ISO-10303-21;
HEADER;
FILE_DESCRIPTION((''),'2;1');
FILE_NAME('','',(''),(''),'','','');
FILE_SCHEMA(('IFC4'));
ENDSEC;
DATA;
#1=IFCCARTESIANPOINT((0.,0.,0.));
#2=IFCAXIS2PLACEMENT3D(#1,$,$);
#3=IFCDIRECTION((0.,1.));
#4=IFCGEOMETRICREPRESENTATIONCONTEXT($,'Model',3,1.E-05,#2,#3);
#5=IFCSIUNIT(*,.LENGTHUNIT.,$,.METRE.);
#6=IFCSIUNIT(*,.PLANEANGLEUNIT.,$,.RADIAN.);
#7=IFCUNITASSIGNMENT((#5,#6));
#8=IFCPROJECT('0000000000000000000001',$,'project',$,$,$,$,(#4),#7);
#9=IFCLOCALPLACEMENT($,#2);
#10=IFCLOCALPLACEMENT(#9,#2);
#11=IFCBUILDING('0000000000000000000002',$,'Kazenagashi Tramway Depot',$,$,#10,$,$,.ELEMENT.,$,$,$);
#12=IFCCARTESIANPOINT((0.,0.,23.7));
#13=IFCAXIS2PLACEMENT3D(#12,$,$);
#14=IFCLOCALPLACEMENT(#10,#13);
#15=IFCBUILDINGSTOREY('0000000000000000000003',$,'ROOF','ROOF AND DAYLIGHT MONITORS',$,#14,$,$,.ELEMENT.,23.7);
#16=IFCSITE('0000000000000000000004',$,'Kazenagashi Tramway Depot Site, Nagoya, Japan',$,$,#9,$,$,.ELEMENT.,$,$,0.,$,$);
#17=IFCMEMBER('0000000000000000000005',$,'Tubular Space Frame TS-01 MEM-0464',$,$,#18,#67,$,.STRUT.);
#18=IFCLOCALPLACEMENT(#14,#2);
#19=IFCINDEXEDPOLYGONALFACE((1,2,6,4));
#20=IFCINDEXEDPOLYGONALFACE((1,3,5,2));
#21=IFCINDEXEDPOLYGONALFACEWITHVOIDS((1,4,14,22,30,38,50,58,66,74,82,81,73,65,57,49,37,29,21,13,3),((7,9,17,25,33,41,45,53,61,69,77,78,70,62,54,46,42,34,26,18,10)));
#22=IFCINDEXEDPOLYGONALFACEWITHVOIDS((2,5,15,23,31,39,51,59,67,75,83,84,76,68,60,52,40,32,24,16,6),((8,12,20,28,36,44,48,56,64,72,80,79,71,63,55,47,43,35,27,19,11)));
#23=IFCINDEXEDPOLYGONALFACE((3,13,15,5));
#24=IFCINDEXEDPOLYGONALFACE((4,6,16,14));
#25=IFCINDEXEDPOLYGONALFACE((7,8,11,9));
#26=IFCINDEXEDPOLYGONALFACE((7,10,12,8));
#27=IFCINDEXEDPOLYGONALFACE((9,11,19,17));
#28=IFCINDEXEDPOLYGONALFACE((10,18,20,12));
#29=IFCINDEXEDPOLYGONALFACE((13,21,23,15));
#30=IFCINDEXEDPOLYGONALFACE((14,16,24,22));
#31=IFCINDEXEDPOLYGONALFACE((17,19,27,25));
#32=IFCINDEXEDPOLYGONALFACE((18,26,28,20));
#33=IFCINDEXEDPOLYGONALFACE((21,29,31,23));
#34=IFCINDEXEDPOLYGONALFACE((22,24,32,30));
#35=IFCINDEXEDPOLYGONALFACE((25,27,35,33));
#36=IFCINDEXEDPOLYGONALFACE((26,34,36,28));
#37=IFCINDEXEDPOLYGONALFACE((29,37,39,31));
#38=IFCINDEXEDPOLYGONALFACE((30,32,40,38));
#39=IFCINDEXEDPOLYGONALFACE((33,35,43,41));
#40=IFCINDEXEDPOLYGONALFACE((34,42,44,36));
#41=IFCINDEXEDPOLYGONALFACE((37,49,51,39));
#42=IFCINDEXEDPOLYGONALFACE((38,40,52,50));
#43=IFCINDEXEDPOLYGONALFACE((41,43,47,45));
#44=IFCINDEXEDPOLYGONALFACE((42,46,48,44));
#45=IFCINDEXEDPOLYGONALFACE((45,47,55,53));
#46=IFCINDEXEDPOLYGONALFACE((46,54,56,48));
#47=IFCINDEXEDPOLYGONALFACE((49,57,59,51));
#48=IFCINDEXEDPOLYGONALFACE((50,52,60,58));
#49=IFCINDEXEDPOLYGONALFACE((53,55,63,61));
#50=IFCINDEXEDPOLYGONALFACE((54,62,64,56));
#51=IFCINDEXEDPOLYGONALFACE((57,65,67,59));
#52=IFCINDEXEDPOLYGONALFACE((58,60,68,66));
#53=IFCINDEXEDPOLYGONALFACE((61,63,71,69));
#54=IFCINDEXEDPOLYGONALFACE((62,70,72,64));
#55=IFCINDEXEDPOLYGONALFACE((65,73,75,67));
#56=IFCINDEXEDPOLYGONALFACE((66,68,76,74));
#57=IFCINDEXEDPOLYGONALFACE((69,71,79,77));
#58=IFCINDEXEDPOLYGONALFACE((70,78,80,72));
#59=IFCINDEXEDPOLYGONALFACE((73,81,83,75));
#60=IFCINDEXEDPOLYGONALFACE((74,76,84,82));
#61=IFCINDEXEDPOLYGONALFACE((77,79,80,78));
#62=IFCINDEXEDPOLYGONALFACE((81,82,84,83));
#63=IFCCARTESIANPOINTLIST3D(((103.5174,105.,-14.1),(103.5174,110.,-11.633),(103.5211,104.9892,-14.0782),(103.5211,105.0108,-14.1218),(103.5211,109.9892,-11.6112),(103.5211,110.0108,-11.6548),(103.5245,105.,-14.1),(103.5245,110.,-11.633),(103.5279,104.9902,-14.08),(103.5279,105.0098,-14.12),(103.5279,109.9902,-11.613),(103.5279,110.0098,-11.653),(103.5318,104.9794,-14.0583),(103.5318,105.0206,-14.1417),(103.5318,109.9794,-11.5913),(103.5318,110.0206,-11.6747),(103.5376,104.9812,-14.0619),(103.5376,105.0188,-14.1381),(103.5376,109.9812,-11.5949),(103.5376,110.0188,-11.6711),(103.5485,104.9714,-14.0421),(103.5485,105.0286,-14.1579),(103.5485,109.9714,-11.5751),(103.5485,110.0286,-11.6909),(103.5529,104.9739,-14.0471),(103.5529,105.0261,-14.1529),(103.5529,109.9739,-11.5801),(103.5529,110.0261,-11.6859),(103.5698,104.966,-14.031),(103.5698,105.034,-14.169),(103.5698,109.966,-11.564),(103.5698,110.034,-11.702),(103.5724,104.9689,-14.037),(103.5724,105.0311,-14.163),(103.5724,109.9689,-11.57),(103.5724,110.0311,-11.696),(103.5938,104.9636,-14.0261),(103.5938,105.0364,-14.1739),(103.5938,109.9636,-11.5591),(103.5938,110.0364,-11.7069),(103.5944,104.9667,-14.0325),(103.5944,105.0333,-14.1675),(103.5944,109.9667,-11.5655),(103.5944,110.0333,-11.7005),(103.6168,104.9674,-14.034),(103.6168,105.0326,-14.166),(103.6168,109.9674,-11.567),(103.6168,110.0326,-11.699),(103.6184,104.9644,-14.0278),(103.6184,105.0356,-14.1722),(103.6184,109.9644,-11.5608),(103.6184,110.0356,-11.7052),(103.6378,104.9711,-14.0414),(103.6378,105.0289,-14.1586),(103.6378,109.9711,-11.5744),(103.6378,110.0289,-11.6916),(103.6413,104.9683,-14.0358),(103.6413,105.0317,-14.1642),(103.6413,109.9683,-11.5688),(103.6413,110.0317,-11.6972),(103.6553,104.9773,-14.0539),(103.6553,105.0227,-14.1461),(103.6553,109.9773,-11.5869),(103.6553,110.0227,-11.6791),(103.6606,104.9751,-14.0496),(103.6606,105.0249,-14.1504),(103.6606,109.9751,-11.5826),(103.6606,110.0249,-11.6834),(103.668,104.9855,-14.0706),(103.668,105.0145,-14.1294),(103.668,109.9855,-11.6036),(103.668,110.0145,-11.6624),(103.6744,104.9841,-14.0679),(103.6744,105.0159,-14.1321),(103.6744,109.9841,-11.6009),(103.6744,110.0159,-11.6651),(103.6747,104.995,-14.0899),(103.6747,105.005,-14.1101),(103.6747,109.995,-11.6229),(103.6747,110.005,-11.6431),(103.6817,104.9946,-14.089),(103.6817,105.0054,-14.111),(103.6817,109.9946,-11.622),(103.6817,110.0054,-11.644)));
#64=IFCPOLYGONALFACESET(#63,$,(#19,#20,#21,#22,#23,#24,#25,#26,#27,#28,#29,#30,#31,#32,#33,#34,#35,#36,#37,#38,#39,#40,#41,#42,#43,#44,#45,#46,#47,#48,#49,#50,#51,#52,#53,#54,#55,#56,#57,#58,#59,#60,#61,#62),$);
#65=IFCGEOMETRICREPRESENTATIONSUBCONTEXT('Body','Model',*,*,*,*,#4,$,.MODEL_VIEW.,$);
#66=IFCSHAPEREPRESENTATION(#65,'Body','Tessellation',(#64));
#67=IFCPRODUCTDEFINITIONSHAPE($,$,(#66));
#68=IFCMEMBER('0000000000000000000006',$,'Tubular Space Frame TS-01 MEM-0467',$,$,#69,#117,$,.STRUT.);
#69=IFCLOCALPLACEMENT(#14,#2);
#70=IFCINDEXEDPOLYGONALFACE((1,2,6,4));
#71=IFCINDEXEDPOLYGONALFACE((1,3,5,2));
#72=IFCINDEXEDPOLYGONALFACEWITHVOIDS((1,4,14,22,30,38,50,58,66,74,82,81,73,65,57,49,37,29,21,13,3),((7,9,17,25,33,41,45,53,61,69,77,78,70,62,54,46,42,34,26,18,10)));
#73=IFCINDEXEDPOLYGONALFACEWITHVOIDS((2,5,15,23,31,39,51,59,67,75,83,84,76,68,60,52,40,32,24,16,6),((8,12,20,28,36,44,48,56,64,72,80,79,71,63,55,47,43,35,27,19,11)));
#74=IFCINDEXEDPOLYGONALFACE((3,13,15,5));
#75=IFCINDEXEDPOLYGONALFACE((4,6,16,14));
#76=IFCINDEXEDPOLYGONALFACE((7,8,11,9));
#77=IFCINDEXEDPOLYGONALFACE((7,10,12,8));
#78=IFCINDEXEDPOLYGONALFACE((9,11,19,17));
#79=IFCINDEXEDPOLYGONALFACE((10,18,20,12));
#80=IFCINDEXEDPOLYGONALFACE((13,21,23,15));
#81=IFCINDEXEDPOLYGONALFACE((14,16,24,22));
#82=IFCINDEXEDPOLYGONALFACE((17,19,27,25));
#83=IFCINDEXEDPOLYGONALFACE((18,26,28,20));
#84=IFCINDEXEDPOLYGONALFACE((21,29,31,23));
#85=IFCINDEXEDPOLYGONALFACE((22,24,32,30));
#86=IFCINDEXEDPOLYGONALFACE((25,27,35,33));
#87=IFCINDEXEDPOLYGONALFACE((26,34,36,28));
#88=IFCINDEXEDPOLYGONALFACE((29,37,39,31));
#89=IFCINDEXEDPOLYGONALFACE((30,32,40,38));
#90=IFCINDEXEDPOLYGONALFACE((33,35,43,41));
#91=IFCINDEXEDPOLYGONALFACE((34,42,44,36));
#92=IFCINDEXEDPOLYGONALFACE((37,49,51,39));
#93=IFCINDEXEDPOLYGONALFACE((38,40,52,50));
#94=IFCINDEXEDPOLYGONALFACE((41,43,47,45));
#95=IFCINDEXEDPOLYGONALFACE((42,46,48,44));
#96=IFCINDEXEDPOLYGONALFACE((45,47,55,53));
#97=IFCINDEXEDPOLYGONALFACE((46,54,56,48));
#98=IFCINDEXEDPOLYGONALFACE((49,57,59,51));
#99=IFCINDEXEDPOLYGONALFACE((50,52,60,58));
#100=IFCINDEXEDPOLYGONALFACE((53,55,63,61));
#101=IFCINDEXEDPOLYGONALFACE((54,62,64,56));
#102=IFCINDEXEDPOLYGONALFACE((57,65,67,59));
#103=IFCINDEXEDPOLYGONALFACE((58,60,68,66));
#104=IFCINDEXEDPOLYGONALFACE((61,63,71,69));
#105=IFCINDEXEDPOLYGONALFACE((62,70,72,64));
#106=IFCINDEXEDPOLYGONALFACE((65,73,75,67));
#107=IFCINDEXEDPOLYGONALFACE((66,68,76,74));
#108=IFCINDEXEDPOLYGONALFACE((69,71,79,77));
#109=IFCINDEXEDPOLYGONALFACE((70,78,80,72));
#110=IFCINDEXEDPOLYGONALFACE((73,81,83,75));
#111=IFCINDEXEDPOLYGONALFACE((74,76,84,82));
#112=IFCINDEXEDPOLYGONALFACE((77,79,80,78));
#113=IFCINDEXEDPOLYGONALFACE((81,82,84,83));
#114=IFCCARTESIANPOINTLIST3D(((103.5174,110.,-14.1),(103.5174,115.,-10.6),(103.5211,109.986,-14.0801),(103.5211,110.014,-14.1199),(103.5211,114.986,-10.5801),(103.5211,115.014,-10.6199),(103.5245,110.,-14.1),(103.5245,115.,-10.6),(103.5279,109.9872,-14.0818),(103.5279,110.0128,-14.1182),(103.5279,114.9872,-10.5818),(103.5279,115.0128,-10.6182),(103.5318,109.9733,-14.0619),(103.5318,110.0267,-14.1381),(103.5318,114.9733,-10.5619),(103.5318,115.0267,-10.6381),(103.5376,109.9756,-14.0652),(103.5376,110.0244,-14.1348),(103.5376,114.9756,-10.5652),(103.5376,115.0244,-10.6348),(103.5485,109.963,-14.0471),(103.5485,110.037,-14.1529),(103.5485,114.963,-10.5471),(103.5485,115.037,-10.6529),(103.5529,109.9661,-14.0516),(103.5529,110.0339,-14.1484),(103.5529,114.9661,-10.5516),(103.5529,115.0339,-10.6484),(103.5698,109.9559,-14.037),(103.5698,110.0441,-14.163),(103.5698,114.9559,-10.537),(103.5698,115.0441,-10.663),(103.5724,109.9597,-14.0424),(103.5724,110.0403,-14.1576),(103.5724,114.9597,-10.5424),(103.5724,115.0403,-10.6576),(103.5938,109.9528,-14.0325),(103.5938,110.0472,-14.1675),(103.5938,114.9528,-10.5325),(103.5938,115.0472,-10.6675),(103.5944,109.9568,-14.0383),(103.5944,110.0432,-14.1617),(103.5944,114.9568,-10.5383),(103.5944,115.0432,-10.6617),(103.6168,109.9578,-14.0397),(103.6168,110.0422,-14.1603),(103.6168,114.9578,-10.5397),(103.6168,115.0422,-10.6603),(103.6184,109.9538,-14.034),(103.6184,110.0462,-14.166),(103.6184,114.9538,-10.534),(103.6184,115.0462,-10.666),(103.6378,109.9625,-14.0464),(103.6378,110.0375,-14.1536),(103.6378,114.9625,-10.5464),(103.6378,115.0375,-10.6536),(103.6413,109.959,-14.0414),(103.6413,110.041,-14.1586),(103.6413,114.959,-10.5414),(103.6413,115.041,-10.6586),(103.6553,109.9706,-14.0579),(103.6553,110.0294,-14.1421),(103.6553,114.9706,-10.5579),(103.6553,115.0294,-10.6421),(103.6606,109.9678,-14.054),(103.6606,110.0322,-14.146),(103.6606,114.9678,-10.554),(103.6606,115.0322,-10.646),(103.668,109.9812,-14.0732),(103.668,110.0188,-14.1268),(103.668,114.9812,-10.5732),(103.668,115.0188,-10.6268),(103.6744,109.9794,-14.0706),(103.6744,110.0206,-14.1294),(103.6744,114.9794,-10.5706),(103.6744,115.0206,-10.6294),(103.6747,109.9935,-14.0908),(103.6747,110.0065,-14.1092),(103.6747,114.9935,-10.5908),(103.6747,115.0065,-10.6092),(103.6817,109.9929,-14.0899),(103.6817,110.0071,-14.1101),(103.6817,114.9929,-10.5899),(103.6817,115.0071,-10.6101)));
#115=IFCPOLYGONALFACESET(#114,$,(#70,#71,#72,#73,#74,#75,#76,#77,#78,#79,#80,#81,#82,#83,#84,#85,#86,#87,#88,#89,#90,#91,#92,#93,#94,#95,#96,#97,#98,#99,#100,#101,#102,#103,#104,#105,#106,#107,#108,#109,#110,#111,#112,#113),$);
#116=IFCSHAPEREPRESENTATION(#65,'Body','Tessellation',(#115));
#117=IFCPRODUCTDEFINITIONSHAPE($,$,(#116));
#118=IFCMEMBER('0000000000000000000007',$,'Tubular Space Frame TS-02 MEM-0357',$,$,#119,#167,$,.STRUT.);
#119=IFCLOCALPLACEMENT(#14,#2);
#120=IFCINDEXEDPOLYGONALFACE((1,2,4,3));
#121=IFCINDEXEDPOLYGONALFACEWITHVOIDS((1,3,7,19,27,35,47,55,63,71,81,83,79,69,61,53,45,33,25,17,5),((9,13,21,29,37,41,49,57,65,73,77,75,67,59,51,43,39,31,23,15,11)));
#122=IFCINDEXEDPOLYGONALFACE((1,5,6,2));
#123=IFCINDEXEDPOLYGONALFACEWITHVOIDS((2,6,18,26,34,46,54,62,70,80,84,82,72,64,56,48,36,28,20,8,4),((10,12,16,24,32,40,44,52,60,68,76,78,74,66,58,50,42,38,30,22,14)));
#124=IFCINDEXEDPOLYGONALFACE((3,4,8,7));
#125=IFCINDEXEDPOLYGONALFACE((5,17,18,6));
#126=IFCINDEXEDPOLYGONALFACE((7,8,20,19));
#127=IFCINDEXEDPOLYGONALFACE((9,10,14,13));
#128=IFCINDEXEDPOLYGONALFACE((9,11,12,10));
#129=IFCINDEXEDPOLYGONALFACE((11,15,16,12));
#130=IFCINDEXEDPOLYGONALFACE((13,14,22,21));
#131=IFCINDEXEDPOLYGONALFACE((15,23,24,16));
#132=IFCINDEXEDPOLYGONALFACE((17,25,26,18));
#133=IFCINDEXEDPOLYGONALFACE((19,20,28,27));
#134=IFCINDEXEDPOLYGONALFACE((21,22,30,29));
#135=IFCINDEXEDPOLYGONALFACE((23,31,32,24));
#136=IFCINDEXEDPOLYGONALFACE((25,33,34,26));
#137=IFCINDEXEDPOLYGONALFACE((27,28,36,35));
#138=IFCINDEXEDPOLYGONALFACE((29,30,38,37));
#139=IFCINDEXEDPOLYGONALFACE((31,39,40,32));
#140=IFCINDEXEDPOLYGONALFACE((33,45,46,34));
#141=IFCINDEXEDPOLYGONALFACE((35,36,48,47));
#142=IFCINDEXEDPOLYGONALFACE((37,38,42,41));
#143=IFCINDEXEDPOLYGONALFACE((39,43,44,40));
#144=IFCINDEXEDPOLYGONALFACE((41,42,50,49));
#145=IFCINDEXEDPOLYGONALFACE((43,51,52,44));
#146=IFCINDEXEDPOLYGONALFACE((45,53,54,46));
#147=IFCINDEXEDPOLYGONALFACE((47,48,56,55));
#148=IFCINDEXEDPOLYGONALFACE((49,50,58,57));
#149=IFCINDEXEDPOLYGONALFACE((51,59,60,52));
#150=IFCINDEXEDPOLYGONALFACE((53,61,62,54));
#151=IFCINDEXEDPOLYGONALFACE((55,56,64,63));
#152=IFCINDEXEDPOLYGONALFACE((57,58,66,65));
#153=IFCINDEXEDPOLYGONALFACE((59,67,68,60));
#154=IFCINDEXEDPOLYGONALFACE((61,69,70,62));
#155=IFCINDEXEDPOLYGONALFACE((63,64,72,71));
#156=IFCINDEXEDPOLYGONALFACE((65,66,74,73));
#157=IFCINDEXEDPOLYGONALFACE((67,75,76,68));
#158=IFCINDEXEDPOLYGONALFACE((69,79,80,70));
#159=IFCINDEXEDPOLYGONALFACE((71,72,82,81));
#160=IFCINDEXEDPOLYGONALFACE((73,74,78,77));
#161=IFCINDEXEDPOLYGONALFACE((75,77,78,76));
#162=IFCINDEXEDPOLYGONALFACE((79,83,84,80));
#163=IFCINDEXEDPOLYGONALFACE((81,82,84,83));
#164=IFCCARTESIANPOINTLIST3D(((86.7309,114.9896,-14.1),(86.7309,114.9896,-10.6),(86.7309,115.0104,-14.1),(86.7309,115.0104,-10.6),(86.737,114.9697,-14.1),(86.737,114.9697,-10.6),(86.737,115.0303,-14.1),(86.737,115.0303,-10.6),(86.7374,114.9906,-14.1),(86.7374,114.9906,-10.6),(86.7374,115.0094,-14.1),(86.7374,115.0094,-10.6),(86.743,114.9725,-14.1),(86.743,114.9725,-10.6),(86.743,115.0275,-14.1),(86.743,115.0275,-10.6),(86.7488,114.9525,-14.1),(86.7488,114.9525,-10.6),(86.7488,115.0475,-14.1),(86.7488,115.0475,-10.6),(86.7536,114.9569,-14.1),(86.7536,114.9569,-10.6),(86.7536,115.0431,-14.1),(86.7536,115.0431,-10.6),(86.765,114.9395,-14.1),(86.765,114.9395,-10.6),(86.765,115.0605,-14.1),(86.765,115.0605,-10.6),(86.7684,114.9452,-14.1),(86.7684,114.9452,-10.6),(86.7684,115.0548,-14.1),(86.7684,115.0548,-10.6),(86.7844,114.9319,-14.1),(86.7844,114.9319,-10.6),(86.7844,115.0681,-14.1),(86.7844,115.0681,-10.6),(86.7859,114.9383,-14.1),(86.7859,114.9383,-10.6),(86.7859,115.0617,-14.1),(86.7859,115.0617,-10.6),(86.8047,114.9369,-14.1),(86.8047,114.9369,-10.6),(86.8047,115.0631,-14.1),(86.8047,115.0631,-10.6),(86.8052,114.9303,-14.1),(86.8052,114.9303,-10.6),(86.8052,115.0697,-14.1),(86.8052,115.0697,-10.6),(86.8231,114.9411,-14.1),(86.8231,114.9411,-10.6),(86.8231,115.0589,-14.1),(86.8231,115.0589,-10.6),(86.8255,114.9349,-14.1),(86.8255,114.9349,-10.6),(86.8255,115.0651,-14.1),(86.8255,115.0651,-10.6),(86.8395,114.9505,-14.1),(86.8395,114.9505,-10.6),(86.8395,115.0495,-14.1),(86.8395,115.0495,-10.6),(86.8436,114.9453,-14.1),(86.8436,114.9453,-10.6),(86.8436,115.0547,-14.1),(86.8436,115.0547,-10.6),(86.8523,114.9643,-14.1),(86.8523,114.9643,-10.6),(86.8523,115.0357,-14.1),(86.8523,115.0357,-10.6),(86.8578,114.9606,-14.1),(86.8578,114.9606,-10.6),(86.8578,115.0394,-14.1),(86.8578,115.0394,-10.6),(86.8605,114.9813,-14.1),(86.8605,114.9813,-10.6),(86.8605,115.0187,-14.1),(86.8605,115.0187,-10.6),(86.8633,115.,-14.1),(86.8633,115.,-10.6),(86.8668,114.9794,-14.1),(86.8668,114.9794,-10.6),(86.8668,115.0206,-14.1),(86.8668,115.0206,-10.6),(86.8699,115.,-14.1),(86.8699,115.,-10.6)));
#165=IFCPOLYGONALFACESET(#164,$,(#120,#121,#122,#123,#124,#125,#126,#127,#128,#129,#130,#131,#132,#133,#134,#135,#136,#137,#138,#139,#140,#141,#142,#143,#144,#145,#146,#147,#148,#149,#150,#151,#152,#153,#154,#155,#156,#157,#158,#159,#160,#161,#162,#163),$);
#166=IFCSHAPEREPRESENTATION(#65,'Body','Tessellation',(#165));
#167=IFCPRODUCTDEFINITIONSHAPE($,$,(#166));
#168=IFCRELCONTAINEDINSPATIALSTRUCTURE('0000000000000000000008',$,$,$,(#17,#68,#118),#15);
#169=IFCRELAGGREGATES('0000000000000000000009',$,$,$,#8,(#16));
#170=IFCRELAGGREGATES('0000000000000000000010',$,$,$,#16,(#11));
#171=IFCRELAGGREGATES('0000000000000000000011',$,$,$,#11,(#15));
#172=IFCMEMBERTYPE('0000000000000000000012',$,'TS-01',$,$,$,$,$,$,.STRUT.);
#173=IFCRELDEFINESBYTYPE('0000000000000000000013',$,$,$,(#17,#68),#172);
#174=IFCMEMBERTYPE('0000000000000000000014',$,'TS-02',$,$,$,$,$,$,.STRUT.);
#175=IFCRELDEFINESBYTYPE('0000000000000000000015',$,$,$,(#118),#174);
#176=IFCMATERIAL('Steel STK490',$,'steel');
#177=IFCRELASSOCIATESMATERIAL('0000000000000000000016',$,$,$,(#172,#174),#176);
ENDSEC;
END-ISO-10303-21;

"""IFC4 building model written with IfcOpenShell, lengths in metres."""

from ifc_helpers import new_model, si_unit, direction, frame, origin, origin_2d, place, context, subcontext, project, spatial, hollow_circle, extrude, material, material_profile, profile_set, type_object, element, save


model = new_model("IFC4")

# Units and contexts
model_context = context("Model", 3, precision=1e-05, world=origin(), true_north=direction((0.0, 1.0)))
body_context = subcontext(model_context, "Body", "Model", "MODEL_VIEW")
ifc_project = project(units=[si_unit("LENGTHUNIT", "METRE"), si_unit("PLANEANGLEUNIT", "RADIAN")], contexts=[model_context])

# Site, building, storey
site_placement = place(None, origin())
site = spatial("IfcSite", under=ifc_project, at=site_placement, Name="Kazenagashi Tramway Depot Site, Nagoya, Japan", CompositionType="ELEMENT", RefElevation=0.0)
building_placement = place(site_placement, origin())
building = spatial("IfcBuilding", under=site, at=building_placement, Name="Kazenagashi Tramway Depot", CompositionType="ELEMENT")
storey_placement = place(building_placement, frame((0.0, 0.0, 23.7)))
storey = spatial("IfcBuildingStorey", under=building, at=storey_placement, Name="ROOF", Description="ROOF AND DAYLIGHT MONITORS", CompositionType="ELEMENT", Elevation=23.7)

# Members
ifc_material_1 = material(Name="Steel STK490", Category="steel")
ifc_material_profile_1 = material_profile(ifc_material_1, hollow_circle(Radius=0.0826, WallThickness=0.0071, at=origin_2d()), Name="CHS-165.2x7.1")
ifc_profile_set_1 = profile_set([ifc_material_profile_1], Name="Steel STK490")
member_type_1 = type_object("IfcMemberType", Name="TS-01", PredefinedType="STRUT", material=ifc_profile_set_1)
member_1_placement = place(storey_placement, frame((103.6, 105.0, -14.1), z_axis=(0.0, 0.896782, 0.442472), x_axis=(-1.0, 0.0, 0.0)))
element("IfcMember", 1, at=member_1_placement, inside=storey, type_object=member_type_1, Name="Tubular Space Frame TS-01 MEM-0464", PredefinedType="STRUT", context=body_context, shape_type="SweptSolid", body=[
    extrude(hollow_circle(Radius=0.0826, WallThickness=0.0071, at=origin_2d()), origin(), (0.0, 0.0, 1.0), 5.5755),
])
member_2_placement = place(storey_placement, frame((103.6, 110.0, -14.1), z_axis=(0.0, 0.819232, 0.573462), x_axis=(-1.0, 0.0, 0.0)))
element("IfcMember", 2, at=member_2_placement, inside=storey, type_object=member_type_1, Name="Tubular Space Frame TS-01 MEM-0467", PredefinedType="STRUT", context=body_context, shape_type="SweptSolid", body=[
    extrude(hollow_circle(Radius=0.0826, WallThickness=0.0071, at=origin_2d()), origin(), (0.0, 0.0, 1.0), 6.1033),
])
ifc_material_profile_2 = material_profile(ifc_material_1, hollow_circle(Radius=0.0699, WallThickness=0.0066, at=origin_2d()), Name="CHS-139.8x6.6")
ifc_profile_set_2 = profile_set([ifc_material_profile_2], Name="Steel STK490")
member_type_2 = type_object("IfcMemberType", Name="TS-02", PredefinedType="STRUT", material=ifc_profile_set_2)
member_3_placement = place(storey_placement, frame((86.8, 115.0, -14.1), z_axis=(0.0, 0.0, 1.0), x_axis=(1.0, 0.0, 0.0)))
element("IfcMember", 3, at=member_3_placement, inside=storey, type_object=member_type_2, Name="Tubular Space Frame TS-02 MEM-0357", PredefinedType="STRUT", context=body_context, shape_type="SweptSolid", body=[
    extrude(hollow_circle(Radius=0.0699, WallThickness=0.0066, at=origin_2d()), origin(), (0.0, 0.0, 1.0), 3.5),
])

save(model, "model.ifc")
